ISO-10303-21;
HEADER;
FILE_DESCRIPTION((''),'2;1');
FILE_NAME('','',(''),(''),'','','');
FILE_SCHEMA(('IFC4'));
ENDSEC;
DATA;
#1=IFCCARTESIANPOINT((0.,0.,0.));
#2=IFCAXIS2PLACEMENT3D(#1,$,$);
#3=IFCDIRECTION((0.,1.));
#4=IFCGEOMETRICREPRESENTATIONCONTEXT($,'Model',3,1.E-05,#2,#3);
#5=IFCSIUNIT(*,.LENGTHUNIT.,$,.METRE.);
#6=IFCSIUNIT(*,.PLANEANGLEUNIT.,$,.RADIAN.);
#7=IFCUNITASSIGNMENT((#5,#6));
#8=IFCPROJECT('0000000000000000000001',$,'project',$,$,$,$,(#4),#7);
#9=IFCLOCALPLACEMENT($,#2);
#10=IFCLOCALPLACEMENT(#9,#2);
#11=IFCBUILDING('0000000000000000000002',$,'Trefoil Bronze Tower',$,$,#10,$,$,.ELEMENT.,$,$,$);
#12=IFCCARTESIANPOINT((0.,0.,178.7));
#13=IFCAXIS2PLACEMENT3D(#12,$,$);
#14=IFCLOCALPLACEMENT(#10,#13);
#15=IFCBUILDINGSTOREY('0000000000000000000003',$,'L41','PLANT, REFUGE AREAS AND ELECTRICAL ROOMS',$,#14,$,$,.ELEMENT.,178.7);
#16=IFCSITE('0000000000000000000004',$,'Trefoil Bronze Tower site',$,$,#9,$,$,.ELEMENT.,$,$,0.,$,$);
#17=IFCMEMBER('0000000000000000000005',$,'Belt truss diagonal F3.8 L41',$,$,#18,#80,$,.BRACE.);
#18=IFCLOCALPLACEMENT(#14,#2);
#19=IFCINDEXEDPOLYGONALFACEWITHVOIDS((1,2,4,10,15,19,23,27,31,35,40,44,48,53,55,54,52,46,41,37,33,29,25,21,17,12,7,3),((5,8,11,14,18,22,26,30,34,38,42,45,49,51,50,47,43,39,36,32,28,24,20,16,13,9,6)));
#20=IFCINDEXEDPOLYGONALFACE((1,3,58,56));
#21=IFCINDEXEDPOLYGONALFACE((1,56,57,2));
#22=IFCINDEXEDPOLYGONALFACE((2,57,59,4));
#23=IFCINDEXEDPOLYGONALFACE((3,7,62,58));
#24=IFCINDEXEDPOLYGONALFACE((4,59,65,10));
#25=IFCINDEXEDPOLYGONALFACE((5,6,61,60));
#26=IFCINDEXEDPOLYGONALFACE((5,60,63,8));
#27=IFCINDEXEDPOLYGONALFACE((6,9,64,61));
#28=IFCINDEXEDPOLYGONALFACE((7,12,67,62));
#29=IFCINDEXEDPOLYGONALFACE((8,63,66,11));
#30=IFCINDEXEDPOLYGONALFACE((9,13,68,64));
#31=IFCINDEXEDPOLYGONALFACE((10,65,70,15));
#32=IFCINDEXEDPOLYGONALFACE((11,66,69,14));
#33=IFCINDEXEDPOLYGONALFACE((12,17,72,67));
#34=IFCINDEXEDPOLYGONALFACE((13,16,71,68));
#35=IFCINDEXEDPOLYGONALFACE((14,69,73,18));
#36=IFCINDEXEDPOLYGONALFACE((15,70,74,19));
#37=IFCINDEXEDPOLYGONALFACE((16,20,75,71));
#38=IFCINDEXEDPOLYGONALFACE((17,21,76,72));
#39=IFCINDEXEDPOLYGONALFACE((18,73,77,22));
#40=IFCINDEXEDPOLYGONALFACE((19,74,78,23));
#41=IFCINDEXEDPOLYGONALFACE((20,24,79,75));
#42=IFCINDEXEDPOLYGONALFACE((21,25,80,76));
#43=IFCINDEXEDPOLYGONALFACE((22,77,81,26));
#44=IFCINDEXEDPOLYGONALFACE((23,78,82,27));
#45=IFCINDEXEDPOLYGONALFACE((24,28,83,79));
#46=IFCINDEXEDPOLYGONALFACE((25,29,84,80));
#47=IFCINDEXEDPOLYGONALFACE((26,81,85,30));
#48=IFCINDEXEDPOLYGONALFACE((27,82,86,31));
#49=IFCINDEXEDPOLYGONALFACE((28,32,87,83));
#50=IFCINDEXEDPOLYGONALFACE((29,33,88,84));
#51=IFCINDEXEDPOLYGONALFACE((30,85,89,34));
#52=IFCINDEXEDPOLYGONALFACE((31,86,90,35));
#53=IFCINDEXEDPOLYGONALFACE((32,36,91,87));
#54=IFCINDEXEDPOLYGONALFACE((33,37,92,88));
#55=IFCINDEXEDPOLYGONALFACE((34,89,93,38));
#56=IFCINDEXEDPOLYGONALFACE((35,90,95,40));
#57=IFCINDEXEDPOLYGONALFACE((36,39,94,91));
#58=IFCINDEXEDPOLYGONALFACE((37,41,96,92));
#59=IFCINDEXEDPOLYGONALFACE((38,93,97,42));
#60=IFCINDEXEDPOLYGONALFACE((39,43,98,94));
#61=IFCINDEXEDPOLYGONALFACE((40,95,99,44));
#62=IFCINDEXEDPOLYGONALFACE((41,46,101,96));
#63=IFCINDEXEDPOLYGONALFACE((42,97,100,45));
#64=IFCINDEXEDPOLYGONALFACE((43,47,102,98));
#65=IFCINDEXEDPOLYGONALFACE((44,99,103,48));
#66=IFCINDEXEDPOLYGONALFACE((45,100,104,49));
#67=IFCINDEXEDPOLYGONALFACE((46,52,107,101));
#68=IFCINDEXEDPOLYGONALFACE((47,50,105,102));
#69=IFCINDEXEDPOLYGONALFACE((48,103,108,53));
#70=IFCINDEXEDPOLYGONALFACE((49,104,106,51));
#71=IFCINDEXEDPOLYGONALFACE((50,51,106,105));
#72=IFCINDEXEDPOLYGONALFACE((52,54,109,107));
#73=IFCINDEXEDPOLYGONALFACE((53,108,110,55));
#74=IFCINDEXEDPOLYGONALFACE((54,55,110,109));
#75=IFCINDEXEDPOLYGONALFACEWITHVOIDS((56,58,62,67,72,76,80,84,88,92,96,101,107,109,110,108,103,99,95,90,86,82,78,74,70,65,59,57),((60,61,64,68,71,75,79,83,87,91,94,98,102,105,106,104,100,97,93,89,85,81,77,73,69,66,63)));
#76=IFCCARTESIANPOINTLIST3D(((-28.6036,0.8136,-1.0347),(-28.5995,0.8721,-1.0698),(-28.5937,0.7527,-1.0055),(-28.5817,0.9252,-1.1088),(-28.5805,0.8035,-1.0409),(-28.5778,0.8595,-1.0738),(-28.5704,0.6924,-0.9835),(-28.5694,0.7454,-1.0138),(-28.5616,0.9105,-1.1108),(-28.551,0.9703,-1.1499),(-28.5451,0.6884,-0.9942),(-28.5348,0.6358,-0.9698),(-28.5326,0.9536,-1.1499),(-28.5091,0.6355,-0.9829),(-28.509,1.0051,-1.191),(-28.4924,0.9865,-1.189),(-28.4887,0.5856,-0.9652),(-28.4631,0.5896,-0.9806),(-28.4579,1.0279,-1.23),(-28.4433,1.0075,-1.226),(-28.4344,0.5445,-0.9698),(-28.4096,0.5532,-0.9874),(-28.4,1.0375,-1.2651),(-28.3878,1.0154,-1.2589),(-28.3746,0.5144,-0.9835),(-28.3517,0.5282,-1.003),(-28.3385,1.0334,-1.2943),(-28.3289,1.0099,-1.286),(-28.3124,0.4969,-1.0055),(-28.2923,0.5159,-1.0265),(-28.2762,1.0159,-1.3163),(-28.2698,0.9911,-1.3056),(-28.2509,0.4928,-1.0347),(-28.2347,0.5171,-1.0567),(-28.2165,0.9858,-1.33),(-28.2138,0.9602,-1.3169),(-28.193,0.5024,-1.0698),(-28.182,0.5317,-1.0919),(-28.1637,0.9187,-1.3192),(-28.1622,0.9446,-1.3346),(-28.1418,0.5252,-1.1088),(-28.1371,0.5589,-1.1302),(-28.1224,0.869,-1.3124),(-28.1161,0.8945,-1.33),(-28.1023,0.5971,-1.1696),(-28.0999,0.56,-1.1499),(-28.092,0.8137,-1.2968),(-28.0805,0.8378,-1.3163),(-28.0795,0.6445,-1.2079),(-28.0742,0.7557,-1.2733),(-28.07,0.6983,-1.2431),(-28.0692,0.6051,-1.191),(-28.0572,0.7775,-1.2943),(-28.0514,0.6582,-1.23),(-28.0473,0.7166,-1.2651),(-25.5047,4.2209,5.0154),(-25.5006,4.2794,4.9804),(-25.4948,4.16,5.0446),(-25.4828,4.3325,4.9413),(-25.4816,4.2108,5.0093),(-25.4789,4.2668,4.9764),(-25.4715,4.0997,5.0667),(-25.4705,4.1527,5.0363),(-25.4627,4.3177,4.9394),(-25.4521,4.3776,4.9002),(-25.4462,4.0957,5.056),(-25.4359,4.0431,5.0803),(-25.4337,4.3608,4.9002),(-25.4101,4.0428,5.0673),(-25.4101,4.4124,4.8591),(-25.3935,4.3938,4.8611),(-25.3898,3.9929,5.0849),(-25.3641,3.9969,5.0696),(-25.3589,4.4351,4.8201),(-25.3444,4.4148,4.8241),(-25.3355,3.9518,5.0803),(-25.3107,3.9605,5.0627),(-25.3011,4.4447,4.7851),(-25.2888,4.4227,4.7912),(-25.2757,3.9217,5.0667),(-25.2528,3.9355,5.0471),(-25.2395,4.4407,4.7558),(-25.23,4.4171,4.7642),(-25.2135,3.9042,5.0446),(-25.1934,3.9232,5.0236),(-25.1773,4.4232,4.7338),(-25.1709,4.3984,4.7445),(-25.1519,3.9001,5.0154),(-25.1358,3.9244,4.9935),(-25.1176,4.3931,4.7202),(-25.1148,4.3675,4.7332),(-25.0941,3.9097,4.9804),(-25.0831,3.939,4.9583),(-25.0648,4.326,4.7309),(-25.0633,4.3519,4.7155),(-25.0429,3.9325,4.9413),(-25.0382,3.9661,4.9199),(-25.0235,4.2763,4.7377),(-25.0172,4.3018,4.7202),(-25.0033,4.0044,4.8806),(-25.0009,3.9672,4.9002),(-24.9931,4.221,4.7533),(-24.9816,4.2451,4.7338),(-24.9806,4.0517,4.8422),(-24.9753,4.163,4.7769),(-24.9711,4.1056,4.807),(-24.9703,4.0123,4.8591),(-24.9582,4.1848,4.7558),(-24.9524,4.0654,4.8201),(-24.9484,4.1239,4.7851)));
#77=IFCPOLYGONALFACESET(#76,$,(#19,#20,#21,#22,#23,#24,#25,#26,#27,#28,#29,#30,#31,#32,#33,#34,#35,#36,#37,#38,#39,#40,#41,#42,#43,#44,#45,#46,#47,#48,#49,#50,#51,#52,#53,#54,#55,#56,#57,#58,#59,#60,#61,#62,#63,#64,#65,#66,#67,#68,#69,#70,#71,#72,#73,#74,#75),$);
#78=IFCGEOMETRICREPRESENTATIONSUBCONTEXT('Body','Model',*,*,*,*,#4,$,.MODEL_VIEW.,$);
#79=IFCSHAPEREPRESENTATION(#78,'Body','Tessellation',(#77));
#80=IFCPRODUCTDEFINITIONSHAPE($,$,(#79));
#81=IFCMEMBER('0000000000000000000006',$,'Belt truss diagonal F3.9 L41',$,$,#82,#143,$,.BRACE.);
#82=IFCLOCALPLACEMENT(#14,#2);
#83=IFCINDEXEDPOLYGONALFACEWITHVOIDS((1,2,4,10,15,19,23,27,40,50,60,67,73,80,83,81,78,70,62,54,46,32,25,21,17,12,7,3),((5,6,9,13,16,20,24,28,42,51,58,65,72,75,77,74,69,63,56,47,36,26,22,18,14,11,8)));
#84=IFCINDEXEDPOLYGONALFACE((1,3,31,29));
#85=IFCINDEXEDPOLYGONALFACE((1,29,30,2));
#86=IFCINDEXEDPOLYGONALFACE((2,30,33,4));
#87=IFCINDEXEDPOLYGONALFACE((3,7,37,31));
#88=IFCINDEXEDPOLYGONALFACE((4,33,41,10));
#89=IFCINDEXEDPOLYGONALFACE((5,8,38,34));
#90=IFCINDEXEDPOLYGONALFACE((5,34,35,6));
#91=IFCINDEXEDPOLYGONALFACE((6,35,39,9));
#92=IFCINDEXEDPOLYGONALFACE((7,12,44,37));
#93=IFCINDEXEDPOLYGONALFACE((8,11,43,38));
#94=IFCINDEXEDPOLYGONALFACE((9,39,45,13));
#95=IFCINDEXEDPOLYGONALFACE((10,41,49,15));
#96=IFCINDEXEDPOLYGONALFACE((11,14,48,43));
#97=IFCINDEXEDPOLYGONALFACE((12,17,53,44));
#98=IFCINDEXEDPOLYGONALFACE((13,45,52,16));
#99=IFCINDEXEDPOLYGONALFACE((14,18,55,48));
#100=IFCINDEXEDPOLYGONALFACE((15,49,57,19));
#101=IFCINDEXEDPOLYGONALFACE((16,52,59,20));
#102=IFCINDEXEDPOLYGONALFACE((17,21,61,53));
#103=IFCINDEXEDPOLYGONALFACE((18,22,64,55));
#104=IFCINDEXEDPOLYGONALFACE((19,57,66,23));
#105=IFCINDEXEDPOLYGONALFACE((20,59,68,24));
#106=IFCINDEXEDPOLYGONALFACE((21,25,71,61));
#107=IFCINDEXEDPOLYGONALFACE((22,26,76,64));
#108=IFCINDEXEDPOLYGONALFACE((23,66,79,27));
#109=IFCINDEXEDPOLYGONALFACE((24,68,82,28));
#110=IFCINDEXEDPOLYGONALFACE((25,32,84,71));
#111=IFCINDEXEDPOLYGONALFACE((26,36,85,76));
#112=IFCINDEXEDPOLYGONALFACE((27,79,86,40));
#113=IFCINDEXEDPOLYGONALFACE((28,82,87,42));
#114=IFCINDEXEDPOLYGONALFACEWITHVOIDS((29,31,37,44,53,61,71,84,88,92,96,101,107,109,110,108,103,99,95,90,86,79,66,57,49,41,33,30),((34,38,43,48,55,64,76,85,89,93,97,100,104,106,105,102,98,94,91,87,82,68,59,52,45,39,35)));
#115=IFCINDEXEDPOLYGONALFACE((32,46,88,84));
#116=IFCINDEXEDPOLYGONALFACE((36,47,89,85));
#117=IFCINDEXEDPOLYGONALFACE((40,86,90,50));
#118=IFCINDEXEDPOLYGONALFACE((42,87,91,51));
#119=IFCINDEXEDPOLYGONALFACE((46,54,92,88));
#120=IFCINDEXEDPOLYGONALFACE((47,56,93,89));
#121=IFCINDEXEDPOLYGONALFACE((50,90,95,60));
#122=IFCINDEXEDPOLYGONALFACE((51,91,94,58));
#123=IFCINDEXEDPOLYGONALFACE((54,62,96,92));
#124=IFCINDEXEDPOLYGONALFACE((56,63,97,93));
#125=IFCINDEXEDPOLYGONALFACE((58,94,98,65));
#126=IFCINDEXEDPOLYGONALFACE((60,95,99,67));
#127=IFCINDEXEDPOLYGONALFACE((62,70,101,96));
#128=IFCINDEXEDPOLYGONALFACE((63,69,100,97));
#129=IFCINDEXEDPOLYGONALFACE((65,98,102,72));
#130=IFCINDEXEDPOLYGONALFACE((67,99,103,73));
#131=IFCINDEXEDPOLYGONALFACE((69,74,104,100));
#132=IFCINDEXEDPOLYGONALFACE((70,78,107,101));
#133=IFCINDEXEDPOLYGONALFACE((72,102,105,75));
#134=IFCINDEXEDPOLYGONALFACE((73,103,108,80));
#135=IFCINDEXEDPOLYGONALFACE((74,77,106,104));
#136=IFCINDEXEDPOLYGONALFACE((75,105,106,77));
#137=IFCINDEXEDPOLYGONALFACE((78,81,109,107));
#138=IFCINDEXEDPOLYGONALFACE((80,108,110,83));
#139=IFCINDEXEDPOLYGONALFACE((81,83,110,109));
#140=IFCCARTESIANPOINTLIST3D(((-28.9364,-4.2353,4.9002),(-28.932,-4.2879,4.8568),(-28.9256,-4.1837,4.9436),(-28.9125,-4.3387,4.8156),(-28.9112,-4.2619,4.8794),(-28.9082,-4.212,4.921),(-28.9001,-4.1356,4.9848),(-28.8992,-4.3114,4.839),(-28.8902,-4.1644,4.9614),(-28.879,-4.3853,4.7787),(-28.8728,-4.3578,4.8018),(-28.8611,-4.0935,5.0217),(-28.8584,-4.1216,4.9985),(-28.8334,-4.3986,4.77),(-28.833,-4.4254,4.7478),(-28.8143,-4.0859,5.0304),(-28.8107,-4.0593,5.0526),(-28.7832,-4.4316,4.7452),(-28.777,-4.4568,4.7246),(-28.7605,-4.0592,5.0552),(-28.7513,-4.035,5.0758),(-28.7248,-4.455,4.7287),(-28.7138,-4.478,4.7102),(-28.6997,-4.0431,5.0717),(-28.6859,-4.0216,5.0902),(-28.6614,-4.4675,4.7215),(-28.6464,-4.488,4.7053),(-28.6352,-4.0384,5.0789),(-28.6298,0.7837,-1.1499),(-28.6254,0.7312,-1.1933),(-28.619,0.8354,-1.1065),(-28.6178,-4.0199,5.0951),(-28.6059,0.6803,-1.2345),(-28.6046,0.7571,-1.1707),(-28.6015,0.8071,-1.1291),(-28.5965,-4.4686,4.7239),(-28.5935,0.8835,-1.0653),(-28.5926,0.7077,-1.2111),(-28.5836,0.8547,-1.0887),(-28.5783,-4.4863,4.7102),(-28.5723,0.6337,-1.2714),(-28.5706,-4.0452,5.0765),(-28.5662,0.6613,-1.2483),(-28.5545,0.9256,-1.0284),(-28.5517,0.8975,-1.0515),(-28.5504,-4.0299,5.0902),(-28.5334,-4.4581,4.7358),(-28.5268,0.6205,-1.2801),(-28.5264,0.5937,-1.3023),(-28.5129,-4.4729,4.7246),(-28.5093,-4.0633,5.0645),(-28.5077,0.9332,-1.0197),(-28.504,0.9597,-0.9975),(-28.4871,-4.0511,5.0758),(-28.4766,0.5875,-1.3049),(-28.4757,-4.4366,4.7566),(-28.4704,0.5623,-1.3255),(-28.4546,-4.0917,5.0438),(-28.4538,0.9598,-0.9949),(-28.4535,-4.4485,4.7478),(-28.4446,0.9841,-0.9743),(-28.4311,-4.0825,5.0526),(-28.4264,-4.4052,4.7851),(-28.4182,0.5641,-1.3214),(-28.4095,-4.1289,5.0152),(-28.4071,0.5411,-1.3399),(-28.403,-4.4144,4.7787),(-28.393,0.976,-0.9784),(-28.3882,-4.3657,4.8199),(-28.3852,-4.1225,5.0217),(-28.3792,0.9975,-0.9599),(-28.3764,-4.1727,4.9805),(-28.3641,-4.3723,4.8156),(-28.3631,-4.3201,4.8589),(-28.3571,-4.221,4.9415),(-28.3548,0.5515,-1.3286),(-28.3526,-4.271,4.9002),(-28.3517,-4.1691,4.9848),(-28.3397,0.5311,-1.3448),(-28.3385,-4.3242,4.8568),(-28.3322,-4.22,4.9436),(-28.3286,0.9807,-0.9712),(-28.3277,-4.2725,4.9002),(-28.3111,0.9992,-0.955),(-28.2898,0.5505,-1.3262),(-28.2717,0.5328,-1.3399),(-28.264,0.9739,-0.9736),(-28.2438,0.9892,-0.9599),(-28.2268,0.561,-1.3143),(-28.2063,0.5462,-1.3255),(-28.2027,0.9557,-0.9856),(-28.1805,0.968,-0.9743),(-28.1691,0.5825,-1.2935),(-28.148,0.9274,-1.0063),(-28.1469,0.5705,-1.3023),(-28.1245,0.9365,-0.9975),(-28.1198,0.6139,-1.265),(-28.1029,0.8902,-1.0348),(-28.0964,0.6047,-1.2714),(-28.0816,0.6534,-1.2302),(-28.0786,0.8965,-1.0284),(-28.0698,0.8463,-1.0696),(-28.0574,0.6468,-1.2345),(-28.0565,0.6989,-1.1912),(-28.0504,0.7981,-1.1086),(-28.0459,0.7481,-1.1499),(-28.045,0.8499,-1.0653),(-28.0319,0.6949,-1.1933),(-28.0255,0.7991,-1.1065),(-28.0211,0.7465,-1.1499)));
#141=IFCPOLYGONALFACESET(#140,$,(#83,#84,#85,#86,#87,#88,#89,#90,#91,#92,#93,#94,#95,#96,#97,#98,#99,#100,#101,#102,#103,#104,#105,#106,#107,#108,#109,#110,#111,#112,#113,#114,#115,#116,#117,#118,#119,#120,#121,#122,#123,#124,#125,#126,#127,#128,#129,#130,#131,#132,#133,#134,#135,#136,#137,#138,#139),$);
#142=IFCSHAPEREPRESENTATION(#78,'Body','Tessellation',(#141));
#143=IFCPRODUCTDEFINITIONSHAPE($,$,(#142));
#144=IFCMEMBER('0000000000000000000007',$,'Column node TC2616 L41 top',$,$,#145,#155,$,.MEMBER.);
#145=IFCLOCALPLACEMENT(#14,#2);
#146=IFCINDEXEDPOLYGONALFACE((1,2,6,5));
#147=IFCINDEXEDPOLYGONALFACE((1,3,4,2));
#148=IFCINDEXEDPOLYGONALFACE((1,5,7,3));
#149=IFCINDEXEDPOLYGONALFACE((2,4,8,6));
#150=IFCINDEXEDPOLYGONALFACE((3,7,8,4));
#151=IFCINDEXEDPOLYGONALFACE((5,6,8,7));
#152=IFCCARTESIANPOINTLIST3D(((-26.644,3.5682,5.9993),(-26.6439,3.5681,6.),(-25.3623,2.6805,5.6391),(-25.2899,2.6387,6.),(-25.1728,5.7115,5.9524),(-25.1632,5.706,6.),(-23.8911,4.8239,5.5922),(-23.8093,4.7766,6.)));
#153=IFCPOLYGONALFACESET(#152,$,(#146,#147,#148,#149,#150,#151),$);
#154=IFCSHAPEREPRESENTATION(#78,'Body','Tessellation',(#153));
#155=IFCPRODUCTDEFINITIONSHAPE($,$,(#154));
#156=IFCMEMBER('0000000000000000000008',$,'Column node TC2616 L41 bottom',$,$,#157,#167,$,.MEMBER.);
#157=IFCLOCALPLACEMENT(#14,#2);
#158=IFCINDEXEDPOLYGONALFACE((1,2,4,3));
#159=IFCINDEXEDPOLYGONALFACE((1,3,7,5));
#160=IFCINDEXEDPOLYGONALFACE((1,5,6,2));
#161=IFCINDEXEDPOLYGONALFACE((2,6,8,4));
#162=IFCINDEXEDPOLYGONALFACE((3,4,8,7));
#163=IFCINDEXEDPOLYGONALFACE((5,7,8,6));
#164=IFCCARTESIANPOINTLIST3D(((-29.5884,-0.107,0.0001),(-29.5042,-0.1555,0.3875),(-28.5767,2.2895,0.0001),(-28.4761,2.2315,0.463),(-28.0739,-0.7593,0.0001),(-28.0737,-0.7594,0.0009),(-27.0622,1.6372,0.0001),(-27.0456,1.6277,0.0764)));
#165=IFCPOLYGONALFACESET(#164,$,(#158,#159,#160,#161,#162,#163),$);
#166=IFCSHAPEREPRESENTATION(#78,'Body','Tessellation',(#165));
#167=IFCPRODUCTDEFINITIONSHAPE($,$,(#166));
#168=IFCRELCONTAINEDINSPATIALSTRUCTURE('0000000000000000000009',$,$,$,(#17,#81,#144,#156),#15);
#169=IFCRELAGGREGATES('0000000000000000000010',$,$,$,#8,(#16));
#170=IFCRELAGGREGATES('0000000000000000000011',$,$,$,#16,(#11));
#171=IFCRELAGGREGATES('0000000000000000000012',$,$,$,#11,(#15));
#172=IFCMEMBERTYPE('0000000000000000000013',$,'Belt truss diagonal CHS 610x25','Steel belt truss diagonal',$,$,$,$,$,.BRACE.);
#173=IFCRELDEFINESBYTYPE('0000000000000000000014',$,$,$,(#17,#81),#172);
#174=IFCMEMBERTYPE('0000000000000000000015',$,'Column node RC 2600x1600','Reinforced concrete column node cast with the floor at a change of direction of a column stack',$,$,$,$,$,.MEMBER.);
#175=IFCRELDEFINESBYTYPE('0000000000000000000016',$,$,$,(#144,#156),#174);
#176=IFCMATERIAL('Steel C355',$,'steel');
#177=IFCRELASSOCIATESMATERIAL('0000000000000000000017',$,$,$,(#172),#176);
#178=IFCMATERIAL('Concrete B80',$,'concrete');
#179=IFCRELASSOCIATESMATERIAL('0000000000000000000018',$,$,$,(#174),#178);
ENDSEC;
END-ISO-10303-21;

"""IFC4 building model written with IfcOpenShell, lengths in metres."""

from ifc_helpers import new_model, si_unit, direction, frame, origin, origin_2d, place, context, subcontext, project, spatial, rectangle, hollow_circle, extrude, clip, halfspace, material, material_profile, profile_set, type_object, element, save


model = new_model("IFC4")

# Units and contexts
model_context = context("Model", 3, precision=1e-05, world=origin(), true_north=direction((0.0, 1.0)))
body_context = subcontext(model_context, "Body", "Model", "MODEL_VIEW")
ifc_project = project(units=[si_unit("LENGTHUNIT", "METRE"), si_unit("PLANEANGLEUNIT", "RADIAN")], contexts=[model_context])

# Site, building, storey
site_placement = place(None, origin())
site = spatial("IfcSite", under=ifc_project, at=site_placement, Name="Trefoil Bronze Tower site", CompositionType="ELEMENT", RefElevation=0.0)
building_placement = place(site_placement, origin())
building = spatial("IfcBuilding", under=site, at=building_placement, Name="Trefoil Bronze Tower", CompositionType="ELEMENT")
storey_placement = place(building_placement, frame((0.0, 0.0, 178.7)))
storey = spatial("IfcBuildingStorey", under=building, at=storey_placement, Name="L41", Description="PLANT, REFUGE AREAS AND ELECTRICAL ROOMS", CompositionType="ELEMENT", Elevation=178.7)

# Members
ifc_material_1 = material(Name="Steel C355", Category="steel")
ifc_material_profile_1 = material_profile(ifc_material_1, hollow_circle(Radius=0.3049, WallThickness=0.0249, at=origin_2d()), Name="CHS 610x25")
ifc_profile_set_1 = profile_set([ifc_material_profile_1], Name="Steel C355")
member_type_1 = type_object("IfcMemberType", Name="Belt truss diagonal CHS 610x25", Description="Steel belt truss diagonal", PredefinedType="BRACE", material=ifc_profile_set_1)
member_1_placement = place(storey_placement, frame((-28.3254, 0.7651, -1.1499), z_axis=(0.407552, 0.448105, 0.795678), x_axis=(-0.739789, 0.672839, 0.0)))
element("IfcMember", 1, at=member_1_placement, inside=storey, type_object=member_type_1, Name="Belt truss diagonal F3.8 L41", PredefinedType="BRACE", context=body_context, shape_type="SweptSolid", body=[
    extrude(hollow_circle(Radius=0.3049, WallThickness=0.0249, at=origin_2d()), origin(), (0.0, 0.0, 1.0), 7.6038),
])
member_2_placement = place(storey_placement, frame((-28.3254, 0.7651, -1.1499), z_axis=(-0.038979, -0.637996, 0.769052), x_axis=(0.998139, -0.060982, 0.0)))
element("IfcMember", 2, at=member_2_placement, inside=storey, type_object=member_type_1, Name="Belt truss diagonal F3.9 L41", PredefinedType="BRACE", context=body_context, shape_type="SweptSolid", body=[
    extrude(hollow_circle(Radius=0.3049, WallThickness=0.0249, at=origin_2d()), origin(), (0.0, 0.0, 1.0), 7.8669),
])
ifc_material_2 = material(Name="Concrete B80", Category="concrete")
ifc_material_profile_2 = material_profile(ifc_material_2, rectangle(XDim=2.6001, YDim=1.6001, at=origin_2d()), Name="RC 2600x1600")
ifc_profile_set_2 = profile_set([ifc_material_profile_2], Name="Concrete B80")
member_type_2 = type_object("IfcMemberType", Name="Column node RC 2600x1600", Description="Reinforced concrete column node cast with the floor at a change of direction of a column stack", PredefinedType="MEMBER", material=ifc_profile_set_2)
member_3_placement = place(storey_placement, frame((-25.1855, 4.1487, 6.2043), z_axis=(-0.195534, 0.112897, -0.974177), x_axis=(0.565834, 0.824322, -0.018042)))
element("IfcMember", 3, at=member_3_placement, inside=storey, type_object=member_type_2, Name="Column node TC2616 L41 top", PredefinedType="MEMBER", context=body_context, shape_type="Clipping", body=[
    clip(extrude(rectangle(XDim=2.6001, YDim=1.6001, at=origin_2d()), origin(), (0.0, 0.0, 1.0), 0.4194), halfspace(frame((0.0, 0.0, 0.2097), z_axis=(0.018042, 0.225064, 0.974177), x_axis=(0.0, 0.974336, -0.225101)), True)),
])
member_4_placement = place(storey_placement, frame((-28.3757, 0.7942, -0.2319), z_axis=(0.210835, -0.121498, 0.969942), x_axis=(-0.395405, -0.918048, -0.029049)))
element("IfcMember", 4, at=member_4_placement, inside=storey, type_object=member_type_2, Name="Column node TC2616 L41 bottom", PredefinedType="MEMBER", context=body_context, shape_type="Clipping", body=[
    clip(extrude(rectangle(XDim=2.6001, YDim=1.6001, at=origin_2d()), origin(), (0.0, 0.0, 1.0), 0.4783), halfspace(frame((0.0, 0.0, 0.2393), z_axis=(-0.029049, -0.241597, 0.969942), x_axis=(0.0, 0.970351, 0.241699)), True)),
])

save(model, "model.ifc")
